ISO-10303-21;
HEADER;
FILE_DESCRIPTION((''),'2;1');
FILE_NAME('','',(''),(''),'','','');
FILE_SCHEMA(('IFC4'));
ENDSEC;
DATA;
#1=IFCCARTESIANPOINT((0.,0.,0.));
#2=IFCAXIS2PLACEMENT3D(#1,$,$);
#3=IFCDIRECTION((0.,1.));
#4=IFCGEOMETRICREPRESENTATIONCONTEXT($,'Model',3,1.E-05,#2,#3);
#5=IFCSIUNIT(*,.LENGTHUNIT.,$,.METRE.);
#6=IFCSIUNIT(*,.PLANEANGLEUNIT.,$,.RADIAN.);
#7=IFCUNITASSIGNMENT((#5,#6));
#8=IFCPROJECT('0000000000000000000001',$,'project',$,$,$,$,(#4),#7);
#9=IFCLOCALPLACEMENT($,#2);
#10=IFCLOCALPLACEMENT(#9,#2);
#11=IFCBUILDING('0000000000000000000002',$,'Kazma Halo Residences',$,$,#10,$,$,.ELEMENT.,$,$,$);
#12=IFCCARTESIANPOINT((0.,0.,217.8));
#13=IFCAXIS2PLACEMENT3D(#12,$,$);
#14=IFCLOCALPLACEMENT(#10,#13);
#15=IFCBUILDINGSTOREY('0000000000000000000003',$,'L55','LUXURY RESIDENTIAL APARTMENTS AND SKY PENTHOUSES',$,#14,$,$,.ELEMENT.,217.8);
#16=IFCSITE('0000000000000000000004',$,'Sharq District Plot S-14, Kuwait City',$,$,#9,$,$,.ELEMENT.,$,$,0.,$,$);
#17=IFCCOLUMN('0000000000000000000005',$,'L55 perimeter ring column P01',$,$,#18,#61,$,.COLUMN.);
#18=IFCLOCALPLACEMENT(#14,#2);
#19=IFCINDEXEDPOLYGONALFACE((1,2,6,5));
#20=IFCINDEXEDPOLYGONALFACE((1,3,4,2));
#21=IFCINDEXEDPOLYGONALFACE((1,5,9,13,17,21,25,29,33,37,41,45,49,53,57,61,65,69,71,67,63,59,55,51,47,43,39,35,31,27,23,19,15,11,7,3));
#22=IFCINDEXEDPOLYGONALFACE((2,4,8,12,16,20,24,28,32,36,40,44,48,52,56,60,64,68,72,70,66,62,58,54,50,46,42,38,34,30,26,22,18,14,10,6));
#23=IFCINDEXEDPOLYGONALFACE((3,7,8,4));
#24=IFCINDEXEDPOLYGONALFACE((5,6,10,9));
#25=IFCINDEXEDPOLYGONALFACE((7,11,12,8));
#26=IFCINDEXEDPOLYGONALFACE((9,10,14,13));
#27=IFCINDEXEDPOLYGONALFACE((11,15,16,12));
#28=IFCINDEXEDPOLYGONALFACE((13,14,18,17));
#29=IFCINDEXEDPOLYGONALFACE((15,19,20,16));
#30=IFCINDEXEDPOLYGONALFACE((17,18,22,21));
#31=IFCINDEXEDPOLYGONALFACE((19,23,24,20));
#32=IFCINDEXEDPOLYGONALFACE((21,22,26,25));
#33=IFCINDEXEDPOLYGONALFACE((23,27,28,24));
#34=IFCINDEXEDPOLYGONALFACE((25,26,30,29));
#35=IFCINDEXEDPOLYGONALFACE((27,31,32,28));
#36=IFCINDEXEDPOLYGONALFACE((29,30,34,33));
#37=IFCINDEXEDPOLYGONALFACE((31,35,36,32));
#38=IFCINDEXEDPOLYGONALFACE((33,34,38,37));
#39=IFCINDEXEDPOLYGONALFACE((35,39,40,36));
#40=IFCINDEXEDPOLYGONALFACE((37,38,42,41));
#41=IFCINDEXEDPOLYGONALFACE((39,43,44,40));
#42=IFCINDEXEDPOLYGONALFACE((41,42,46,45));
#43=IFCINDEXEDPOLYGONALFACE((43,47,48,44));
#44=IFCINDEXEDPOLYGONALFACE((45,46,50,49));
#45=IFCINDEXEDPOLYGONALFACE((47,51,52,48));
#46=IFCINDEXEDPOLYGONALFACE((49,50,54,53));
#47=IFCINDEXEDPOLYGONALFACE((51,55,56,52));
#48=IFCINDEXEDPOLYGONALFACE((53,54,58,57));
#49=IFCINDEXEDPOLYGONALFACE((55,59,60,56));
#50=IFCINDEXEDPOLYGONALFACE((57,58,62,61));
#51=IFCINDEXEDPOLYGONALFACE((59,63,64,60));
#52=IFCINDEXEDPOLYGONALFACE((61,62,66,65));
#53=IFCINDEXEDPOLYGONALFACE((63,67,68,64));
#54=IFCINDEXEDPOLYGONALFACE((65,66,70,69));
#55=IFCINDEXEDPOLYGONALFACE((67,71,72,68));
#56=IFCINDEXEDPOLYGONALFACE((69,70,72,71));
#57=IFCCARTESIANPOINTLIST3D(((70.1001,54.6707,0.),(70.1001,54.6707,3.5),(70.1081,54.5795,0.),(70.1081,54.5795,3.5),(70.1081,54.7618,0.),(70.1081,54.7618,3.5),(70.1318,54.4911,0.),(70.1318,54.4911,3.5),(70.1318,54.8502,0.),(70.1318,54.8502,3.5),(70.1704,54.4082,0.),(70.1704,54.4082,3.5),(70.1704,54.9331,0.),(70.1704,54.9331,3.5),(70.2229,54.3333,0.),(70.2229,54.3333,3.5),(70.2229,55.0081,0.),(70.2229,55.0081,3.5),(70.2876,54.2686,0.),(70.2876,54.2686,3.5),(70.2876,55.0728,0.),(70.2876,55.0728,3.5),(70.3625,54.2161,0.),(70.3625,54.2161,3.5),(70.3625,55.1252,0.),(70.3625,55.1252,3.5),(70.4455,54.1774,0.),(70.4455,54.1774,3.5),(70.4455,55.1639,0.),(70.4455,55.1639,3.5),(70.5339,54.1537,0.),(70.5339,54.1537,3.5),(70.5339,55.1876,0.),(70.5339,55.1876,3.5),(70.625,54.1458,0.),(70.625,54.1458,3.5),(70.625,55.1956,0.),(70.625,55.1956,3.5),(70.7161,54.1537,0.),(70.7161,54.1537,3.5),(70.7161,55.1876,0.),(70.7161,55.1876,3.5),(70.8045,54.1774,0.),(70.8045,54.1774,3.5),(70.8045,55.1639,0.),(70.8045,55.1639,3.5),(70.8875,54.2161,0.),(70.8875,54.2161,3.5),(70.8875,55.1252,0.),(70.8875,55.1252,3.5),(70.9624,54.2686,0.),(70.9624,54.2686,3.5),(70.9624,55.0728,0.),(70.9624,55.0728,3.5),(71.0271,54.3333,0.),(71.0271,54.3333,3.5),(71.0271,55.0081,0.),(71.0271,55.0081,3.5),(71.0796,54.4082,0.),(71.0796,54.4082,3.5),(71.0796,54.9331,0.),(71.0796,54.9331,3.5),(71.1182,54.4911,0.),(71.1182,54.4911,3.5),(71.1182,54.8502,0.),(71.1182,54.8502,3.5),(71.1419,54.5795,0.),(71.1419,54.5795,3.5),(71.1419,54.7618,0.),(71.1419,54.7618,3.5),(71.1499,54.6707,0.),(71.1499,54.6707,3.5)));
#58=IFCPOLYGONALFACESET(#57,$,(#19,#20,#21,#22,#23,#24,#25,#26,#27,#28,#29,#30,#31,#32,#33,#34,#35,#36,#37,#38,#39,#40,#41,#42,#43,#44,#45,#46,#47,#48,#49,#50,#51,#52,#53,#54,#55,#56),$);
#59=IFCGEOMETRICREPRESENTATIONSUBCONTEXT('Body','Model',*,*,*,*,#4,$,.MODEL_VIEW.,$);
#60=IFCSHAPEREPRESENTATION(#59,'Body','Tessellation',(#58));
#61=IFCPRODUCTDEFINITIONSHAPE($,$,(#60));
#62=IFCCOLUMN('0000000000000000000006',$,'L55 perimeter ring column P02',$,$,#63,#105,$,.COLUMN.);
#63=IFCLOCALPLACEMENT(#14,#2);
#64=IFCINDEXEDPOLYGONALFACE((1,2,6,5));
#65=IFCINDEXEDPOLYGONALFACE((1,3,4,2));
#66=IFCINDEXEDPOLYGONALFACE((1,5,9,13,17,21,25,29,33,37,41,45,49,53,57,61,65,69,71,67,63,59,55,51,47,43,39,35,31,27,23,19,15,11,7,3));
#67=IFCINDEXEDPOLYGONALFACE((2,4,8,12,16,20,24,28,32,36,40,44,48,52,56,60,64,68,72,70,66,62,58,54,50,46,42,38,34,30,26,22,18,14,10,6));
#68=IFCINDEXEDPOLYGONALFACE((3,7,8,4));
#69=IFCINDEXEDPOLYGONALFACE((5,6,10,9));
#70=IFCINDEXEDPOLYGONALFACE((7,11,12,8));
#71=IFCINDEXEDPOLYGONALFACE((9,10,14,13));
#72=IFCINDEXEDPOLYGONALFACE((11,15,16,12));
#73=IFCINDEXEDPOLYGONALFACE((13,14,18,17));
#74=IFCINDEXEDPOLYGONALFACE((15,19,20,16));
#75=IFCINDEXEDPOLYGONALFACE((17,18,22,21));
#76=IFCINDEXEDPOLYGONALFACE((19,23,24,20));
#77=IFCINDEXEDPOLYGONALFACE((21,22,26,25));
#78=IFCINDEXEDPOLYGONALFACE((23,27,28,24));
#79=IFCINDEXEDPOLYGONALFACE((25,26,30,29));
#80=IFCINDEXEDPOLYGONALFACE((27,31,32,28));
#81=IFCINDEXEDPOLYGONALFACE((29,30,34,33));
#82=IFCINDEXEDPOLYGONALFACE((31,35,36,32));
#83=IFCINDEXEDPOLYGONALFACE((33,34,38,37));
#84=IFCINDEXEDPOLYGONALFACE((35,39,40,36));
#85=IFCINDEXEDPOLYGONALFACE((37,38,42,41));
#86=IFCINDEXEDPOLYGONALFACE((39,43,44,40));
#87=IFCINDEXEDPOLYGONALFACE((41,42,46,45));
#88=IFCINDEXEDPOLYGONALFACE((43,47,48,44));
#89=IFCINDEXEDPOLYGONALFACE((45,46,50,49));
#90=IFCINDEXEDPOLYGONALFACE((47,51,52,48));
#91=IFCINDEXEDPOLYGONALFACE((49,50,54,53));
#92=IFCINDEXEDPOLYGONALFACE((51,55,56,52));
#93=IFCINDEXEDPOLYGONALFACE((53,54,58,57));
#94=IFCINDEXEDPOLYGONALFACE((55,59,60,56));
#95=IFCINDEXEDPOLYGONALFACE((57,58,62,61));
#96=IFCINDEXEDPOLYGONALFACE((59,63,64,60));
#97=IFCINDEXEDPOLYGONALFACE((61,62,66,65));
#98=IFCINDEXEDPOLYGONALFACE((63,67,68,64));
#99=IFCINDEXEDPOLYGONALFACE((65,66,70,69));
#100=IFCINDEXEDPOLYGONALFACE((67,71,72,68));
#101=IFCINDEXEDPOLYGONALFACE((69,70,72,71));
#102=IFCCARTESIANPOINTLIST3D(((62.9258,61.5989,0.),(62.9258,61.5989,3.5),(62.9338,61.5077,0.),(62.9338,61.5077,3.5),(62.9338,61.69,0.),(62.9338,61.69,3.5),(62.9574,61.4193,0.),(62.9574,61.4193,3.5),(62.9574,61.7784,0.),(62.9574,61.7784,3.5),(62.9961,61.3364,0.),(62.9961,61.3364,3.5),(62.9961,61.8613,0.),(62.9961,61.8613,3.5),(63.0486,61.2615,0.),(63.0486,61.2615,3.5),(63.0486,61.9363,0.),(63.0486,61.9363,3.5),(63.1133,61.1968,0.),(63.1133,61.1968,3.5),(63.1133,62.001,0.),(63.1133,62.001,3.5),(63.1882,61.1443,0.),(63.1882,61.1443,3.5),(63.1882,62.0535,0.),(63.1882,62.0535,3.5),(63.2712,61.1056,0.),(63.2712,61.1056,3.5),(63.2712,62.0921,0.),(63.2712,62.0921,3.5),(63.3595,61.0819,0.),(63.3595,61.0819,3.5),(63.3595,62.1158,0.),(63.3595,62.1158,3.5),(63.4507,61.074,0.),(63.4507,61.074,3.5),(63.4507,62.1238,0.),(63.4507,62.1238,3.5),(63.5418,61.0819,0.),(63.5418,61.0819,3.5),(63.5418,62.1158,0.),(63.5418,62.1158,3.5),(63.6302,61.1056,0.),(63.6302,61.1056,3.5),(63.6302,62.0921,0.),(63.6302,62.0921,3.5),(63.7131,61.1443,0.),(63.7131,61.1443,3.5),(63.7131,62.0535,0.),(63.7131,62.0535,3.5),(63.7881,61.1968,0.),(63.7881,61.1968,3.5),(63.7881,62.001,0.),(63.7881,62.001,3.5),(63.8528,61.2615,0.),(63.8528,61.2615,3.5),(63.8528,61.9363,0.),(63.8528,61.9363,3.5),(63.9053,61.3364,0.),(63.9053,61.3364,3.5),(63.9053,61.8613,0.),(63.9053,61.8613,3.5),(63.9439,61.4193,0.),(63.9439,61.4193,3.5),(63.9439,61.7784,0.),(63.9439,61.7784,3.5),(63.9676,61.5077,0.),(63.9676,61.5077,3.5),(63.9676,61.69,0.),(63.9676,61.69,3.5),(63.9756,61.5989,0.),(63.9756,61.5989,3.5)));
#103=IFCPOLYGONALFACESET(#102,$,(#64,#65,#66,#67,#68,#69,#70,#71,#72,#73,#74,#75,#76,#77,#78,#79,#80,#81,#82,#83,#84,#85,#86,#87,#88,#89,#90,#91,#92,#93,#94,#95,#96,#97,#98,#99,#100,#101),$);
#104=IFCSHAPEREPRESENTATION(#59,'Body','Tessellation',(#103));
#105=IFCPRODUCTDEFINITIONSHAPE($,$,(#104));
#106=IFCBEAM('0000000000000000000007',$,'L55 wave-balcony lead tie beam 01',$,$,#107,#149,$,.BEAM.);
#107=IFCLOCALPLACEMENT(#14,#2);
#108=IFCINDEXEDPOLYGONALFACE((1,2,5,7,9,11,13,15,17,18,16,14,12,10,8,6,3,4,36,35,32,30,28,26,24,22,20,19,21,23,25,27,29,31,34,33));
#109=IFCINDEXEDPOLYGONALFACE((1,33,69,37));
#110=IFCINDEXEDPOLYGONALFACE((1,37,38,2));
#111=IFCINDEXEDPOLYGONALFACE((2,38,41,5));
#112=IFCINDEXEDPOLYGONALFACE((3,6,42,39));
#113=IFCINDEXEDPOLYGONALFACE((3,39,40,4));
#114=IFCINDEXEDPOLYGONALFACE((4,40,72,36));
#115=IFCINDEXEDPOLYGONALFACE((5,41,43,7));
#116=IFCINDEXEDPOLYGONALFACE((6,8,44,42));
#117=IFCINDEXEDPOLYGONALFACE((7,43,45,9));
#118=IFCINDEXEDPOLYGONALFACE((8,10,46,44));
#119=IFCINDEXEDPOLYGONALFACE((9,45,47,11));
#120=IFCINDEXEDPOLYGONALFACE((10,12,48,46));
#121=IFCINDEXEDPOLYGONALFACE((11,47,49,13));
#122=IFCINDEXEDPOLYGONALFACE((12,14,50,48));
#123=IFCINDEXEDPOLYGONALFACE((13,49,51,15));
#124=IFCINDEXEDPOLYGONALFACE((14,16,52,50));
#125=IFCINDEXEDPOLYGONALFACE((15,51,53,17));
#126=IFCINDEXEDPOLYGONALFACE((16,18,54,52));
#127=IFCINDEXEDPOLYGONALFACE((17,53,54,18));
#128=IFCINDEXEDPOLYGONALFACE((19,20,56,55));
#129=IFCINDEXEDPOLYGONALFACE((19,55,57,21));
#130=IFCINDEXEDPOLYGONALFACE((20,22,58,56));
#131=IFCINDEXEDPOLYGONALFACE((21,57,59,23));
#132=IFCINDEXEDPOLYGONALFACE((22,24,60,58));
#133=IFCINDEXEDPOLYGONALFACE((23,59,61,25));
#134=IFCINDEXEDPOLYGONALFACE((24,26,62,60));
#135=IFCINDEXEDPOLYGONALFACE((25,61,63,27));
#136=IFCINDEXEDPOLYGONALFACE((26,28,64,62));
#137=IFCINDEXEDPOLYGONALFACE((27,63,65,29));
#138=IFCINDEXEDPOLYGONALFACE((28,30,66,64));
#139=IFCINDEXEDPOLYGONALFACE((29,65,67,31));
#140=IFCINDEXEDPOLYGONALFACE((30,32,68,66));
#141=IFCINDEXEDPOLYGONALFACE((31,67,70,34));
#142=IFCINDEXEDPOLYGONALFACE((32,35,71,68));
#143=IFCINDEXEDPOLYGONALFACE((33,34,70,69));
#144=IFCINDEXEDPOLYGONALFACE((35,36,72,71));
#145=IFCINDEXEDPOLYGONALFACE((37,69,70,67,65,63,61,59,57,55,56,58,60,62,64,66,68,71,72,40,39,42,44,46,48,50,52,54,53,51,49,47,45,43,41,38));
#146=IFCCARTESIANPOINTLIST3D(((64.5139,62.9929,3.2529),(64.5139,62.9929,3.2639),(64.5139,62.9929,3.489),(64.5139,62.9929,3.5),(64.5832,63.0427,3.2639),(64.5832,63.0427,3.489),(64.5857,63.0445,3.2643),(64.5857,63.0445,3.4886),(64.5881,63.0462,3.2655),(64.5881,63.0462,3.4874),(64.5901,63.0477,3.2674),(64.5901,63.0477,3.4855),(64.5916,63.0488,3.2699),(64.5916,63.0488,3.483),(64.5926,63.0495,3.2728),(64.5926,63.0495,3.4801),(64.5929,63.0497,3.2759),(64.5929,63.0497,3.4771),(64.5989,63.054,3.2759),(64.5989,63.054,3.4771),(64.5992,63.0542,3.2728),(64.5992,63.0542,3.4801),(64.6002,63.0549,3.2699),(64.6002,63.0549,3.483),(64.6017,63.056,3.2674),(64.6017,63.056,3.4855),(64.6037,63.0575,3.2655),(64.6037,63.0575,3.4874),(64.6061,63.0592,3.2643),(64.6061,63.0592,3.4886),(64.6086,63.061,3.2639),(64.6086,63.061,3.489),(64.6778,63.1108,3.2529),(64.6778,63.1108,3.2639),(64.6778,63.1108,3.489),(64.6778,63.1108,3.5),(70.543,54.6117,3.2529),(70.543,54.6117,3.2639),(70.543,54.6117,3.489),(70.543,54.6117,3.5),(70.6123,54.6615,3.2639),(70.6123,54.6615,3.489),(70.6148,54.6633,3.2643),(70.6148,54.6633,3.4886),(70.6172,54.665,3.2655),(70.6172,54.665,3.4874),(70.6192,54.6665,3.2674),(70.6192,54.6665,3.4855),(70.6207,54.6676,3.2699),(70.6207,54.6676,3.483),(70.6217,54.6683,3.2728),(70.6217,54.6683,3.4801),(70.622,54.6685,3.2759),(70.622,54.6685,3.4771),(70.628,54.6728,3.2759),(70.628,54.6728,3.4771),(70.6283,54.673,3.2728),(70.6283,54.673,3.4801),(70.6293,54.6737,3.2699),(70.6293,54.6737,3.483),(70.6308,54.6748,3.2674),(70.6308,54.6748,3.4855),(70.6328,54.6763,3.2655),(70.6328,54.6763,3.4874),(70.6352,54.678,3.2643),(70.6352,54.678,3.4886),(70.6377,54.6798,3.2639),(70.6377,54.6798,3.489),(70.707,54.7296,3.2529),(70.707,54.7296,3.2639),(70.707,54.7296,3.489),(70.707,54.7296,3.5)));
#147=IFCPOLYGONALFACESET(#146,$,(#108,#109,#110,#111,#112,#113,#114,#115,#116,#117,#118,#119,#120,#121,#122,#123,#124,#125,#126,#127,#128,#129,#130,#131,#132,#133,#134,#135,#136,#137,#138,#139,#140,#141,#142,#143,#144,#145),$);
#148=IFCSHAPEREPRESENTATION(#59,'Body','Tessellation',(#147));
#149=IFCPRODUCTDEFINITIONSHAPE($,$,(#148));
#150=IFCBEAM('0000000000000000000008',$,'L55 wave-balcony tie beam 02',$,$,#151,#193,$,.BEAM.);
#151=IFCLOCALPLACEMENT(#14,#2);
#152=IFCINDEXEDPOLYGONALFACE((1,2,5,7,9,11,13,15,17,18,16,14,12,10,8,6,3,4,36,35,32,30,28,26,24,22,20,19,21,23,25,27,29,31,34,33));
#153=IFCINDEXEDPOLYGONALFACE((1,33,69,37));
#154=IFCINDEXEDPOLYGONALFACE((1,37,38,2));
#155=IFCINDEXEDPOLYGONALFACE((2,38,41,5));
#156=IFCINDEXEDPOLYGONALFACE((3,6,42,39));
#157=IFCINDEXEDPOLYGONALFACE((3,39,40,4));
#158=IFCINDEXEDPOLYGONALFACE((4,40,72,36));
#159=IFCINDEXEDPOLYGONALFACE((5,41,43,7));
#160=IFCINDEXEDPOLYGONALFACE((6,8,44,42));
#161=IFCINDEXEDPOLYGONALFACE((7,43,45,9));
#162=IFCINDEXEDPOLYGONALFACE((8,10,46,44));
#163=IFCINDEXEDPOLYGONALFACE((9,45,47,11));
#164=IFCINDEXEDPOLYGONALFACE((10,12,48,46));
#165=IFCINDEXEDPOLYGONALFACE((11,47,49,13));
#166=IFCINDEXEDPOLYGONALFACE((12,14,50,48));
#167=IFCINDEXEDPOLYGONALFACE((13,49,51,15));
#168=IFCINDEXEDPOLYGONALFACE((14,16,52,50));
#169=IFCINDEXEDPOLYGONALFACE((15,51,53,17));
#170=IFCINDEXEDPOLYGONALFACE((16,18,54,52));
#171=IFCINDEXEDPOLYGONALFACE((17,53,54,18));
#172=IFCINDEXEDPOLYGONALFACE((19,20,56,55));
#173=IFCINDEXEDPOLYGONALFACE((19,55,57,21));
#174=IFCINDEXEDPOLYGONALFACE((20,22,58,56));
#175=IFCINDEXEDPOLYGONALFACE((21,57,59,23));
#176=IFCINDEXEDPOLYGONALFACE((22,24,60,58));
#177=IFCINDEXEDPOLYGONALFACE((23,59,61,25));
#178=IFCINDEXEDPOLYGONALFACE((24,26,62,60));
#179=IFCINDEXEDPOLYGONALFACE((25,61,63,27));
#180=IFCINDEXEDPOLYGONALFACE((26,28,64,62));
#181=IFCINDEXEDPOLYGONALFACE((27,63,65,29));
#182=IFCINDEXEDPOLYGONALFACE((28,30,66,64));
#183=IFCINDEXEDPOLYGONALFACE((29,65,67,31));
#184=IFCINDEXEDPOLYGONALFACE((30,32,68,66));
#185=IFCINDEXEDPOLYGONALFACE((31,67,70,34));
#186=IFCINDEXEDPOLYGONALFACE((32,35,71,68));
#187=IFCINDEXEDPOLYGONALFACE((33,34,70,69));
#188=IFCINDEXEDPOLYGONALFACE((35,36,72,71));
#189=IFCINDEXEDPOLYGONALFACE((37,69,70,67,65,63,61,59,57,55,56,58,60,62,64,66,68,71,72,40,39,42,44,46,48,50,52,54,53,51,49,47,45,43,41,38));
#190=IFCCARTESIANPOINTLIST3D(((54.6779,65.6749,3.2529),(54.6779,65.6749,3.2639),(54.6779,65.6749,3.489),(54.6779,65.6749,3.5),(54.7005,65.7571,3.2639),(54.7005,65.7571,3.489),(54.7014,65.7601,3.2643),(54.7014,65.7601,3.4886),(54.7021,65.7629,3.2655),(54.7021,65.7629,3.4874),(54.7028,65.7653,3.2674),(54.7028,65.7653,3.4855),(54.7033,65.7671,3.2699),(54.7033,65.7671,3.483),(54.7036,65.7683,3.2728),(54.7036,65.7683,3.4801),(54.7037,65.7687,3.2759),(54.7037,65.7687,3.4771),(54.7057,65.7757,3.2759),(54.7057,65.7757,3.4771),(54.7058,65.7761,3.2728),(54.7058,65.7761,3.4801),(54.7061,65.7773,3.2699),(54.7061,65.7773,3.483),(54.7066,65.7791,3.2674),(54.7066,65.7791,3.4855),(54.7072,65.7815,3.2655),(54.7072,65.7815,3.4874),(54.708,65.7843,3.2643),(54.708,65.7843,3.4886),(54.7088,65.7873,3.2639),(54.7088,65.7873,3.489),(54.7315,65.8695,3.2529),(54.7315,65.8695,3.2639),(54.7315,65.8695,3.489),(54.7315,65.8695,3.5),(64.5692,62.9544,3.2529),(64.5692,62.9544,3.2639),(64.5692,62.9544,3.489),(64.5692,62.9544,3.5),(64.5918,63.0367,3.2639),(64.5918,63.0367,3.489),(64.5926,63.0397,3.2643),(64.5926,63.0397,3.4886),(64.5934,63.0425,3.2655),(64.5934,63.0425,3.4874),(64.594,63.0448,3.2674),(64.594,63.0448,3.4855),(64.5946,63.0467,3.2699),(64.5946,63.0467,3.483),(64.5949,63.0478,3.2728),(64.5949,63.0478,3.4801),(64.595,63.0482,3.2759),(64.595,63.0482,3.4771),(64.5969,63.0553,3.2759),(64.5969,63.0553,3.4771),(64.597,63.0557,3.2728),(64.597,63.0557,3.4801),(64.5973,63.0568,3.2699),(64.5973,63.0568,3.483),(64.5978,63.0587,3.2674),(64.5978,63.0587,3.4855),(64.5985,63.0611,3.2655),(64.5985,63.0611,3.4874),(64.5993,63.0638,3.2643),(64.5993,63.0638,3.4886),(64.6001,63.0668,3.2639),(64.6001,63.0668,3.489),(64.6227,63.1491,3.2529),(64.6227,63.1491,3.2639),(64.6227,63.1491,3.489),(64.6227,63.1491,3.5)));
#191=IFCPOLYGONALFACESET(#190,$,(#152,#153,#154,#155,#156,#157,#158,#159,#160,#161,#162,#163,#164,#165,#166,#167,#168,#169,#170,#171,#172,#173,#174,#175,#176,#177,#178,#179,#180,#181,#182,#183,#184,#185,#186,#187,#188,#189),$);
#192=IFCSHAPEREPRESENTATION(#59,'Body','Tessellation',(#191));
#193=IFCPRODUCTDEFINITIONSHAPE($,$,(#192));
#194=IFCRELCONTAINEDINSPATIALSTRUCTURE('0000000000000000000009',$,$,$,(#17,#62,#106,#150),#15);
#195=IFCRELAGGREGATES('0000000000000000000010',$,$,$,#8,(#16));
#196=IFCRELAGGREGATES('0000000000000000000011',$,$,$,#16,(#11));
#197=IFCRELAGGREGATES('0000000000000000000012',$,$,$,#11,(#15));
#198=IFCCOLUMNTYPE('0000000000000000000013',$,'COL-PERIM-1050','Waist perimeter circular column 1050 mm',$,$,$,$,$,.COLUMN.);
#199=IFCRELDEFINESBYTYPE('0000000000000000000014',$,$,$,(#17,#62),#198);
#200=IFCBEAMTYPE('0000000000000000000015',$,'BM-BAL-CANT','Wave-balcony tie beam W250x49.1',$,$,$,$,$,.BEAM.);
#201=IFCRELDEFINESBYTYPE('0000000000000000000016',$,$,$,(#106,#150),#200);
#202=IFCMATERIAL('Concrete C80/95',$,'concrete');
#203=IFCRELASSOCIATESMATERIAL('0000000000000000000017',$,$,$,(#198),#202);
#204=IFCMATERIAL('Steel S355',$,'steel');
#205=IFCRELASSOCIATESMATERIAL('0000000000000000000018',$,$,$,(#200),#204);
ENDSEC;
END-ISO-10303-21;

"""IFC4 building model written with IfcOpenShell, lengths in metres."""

from ifc_helpers import new_model, si_unit, direction, frame, origin, origin_2d, place, context, subcontext, project, spatial, circle, i_section, extrude, material, material_profile, profile_set, type_object, element, save


model = new_model("IFC4")

# Units and contexts
model_context = context("Model", 3, precision=1e-05, world=origin(), true_north=direction((0.0, 1.0)))
body_context = subcontext(model_context, "Body", "Model", "MODEL_VIEW")
ifc_project = project(units=[si_unit("LENGTHUNIT", "METRE"), si_unit("PLANEANGLEUNIT", "RADIAN")], contexts=[model_context])

# Site, building, storey
site_placement = place(None, origin())
site = spatial("IfcSite", under=ifc_project, at=site_placement, Name="Sharq District Plot S-14, Kuwait City", CompositionType="ELEMENT", RefElevation=0.0)
building_placement = place(site_placement, origin())
building = spatial("IfcBuilding", under=site, at=building_placement, Name="Kazma Halo Residences", CompositionType="ELEMENT")
storey_placement = place(building_placement, frame((0.0, 0.0, 217.8)))
storey = spatial("IfcBuildingStorey", under=building, at=storey_placement, Name="L55", Description="LUXURY RESIDENTIAL APARTMENTS AND SKY PENTHOUSES", CompositionType="ELEMENT", Elevation=217.8)

# Columns
ifc_material_1 = material(Name="Concrete C80/95", Category="concrete")
ifc_material_profile_1 = material_profile(ifc_material_1, circle(Radius=0.5249, at=origin_2d()), Name="CIRC1050")
ifc_profile_set_1 = profile_set([ifc_material_profile_1], Name="Concrete C80/95")
column_type = type_object("IfcColumnType", Name="COL-PERIM-1050", Description="Waist perimeter circular column 1050 mm", PredefinedType="COLUMN", material=ifc_profile_set_1)
for number, where, z_axis, x_axis, name in (
    (1, (70.625, 54.6707, 0.0), (0.0, 0.0, 1.0), (1.0, 0.0, 0.0), "L55 perimeter ring column P01"),
    (2, (63.4507, 61.5989, 0.0), (0.0, 0.0, 1.0), (1.0, 0.0, 0.0), "L55 perimeter ring column P02"),
):
    element("IfcColumn", number, at=place(storey_placement, frame(where, z_axis=z_axis, x_axis=x_axis)), inside=storey, type_object=column_type, Name=name, PredefinedType="COLUMN", context=body_context, shape_type="SweptSolid", body=[
        extrude(circle(Radius=0.5249, at=origin_2d()), origin(), (0.0, 0.0, 1.0), 3.5),
    ])

# Beams
ifc_material_2 = material(Name="Steel S355", Category="steel")
ifc_material_profile_2 = material_profile(ifc_material_2, i_section(OverallWidth=0.2019, OverallDepth=0.2471, WebThickness=0.0073, FlangeThickness=0.011, FilletRadius=0.012, at=origin_2d()), Name="W250x49.1")
ifc_profile_set_2 = profile_set([ifc_material_profile_2], Name="Steel S355")
beam_type_1 = type_object("IfcBeamType", Name="BM-BAL-CANT", Description="Wave-balcony tie beam W250x49.1", PredefinedType="BEAM", material=ifc_profile_set_2)
beam_1_placement = place(storey_placement, frame((70.625, 54.6707, 3.3765), z_axis=(-0.583964, 0.81178, 0.0), x_axis=(-0.81178, -0.583964, 0.0)))
element("IfcBeam", 3, at=beam_1_placement, inside=storey, type_object=beam_type_1, Name="L55 wave-balcony lead tie beam 01", PredefinedType="BEAM", context=body_context, shape_type="SweptSolid", body=[
    extrude(i_section(OverallWidth=0.2019, OverallDepth=0.2471, WebThickness=0.0073, FlangeThickness=0.011, FilletRadius=0.012, at=origin_2d()), origin(), (0.0, 0.0, 1.0), 10.3245),
])
beam_2_placement = place(storey_placement, frame((64.5959, 63.0518, 3.3765), z_axis=(-0.964197, 0.265187, 0.0), x_axis=(-0.265187, -0.964197, 0.0)))
element("IfcBeam", 4, at=beam_2_placement, inside=storey, type_object=beam_type_1, Name="L55 wave-balcony tie beam 02", PredefinedType="BEAM", context=body_context, shape_type="SweptSolid", body=[
    extrude(i_section(OverallWidth=0.2019, OverallDepth=0.2471, WebThickness=0.0073, FlangeThickness=0.011, FilletRadius=0.012, at=origin_2d()), origin(), (0.0, 0.0, 1.0), 10.2585),
])

save(model, "model.ifc")
